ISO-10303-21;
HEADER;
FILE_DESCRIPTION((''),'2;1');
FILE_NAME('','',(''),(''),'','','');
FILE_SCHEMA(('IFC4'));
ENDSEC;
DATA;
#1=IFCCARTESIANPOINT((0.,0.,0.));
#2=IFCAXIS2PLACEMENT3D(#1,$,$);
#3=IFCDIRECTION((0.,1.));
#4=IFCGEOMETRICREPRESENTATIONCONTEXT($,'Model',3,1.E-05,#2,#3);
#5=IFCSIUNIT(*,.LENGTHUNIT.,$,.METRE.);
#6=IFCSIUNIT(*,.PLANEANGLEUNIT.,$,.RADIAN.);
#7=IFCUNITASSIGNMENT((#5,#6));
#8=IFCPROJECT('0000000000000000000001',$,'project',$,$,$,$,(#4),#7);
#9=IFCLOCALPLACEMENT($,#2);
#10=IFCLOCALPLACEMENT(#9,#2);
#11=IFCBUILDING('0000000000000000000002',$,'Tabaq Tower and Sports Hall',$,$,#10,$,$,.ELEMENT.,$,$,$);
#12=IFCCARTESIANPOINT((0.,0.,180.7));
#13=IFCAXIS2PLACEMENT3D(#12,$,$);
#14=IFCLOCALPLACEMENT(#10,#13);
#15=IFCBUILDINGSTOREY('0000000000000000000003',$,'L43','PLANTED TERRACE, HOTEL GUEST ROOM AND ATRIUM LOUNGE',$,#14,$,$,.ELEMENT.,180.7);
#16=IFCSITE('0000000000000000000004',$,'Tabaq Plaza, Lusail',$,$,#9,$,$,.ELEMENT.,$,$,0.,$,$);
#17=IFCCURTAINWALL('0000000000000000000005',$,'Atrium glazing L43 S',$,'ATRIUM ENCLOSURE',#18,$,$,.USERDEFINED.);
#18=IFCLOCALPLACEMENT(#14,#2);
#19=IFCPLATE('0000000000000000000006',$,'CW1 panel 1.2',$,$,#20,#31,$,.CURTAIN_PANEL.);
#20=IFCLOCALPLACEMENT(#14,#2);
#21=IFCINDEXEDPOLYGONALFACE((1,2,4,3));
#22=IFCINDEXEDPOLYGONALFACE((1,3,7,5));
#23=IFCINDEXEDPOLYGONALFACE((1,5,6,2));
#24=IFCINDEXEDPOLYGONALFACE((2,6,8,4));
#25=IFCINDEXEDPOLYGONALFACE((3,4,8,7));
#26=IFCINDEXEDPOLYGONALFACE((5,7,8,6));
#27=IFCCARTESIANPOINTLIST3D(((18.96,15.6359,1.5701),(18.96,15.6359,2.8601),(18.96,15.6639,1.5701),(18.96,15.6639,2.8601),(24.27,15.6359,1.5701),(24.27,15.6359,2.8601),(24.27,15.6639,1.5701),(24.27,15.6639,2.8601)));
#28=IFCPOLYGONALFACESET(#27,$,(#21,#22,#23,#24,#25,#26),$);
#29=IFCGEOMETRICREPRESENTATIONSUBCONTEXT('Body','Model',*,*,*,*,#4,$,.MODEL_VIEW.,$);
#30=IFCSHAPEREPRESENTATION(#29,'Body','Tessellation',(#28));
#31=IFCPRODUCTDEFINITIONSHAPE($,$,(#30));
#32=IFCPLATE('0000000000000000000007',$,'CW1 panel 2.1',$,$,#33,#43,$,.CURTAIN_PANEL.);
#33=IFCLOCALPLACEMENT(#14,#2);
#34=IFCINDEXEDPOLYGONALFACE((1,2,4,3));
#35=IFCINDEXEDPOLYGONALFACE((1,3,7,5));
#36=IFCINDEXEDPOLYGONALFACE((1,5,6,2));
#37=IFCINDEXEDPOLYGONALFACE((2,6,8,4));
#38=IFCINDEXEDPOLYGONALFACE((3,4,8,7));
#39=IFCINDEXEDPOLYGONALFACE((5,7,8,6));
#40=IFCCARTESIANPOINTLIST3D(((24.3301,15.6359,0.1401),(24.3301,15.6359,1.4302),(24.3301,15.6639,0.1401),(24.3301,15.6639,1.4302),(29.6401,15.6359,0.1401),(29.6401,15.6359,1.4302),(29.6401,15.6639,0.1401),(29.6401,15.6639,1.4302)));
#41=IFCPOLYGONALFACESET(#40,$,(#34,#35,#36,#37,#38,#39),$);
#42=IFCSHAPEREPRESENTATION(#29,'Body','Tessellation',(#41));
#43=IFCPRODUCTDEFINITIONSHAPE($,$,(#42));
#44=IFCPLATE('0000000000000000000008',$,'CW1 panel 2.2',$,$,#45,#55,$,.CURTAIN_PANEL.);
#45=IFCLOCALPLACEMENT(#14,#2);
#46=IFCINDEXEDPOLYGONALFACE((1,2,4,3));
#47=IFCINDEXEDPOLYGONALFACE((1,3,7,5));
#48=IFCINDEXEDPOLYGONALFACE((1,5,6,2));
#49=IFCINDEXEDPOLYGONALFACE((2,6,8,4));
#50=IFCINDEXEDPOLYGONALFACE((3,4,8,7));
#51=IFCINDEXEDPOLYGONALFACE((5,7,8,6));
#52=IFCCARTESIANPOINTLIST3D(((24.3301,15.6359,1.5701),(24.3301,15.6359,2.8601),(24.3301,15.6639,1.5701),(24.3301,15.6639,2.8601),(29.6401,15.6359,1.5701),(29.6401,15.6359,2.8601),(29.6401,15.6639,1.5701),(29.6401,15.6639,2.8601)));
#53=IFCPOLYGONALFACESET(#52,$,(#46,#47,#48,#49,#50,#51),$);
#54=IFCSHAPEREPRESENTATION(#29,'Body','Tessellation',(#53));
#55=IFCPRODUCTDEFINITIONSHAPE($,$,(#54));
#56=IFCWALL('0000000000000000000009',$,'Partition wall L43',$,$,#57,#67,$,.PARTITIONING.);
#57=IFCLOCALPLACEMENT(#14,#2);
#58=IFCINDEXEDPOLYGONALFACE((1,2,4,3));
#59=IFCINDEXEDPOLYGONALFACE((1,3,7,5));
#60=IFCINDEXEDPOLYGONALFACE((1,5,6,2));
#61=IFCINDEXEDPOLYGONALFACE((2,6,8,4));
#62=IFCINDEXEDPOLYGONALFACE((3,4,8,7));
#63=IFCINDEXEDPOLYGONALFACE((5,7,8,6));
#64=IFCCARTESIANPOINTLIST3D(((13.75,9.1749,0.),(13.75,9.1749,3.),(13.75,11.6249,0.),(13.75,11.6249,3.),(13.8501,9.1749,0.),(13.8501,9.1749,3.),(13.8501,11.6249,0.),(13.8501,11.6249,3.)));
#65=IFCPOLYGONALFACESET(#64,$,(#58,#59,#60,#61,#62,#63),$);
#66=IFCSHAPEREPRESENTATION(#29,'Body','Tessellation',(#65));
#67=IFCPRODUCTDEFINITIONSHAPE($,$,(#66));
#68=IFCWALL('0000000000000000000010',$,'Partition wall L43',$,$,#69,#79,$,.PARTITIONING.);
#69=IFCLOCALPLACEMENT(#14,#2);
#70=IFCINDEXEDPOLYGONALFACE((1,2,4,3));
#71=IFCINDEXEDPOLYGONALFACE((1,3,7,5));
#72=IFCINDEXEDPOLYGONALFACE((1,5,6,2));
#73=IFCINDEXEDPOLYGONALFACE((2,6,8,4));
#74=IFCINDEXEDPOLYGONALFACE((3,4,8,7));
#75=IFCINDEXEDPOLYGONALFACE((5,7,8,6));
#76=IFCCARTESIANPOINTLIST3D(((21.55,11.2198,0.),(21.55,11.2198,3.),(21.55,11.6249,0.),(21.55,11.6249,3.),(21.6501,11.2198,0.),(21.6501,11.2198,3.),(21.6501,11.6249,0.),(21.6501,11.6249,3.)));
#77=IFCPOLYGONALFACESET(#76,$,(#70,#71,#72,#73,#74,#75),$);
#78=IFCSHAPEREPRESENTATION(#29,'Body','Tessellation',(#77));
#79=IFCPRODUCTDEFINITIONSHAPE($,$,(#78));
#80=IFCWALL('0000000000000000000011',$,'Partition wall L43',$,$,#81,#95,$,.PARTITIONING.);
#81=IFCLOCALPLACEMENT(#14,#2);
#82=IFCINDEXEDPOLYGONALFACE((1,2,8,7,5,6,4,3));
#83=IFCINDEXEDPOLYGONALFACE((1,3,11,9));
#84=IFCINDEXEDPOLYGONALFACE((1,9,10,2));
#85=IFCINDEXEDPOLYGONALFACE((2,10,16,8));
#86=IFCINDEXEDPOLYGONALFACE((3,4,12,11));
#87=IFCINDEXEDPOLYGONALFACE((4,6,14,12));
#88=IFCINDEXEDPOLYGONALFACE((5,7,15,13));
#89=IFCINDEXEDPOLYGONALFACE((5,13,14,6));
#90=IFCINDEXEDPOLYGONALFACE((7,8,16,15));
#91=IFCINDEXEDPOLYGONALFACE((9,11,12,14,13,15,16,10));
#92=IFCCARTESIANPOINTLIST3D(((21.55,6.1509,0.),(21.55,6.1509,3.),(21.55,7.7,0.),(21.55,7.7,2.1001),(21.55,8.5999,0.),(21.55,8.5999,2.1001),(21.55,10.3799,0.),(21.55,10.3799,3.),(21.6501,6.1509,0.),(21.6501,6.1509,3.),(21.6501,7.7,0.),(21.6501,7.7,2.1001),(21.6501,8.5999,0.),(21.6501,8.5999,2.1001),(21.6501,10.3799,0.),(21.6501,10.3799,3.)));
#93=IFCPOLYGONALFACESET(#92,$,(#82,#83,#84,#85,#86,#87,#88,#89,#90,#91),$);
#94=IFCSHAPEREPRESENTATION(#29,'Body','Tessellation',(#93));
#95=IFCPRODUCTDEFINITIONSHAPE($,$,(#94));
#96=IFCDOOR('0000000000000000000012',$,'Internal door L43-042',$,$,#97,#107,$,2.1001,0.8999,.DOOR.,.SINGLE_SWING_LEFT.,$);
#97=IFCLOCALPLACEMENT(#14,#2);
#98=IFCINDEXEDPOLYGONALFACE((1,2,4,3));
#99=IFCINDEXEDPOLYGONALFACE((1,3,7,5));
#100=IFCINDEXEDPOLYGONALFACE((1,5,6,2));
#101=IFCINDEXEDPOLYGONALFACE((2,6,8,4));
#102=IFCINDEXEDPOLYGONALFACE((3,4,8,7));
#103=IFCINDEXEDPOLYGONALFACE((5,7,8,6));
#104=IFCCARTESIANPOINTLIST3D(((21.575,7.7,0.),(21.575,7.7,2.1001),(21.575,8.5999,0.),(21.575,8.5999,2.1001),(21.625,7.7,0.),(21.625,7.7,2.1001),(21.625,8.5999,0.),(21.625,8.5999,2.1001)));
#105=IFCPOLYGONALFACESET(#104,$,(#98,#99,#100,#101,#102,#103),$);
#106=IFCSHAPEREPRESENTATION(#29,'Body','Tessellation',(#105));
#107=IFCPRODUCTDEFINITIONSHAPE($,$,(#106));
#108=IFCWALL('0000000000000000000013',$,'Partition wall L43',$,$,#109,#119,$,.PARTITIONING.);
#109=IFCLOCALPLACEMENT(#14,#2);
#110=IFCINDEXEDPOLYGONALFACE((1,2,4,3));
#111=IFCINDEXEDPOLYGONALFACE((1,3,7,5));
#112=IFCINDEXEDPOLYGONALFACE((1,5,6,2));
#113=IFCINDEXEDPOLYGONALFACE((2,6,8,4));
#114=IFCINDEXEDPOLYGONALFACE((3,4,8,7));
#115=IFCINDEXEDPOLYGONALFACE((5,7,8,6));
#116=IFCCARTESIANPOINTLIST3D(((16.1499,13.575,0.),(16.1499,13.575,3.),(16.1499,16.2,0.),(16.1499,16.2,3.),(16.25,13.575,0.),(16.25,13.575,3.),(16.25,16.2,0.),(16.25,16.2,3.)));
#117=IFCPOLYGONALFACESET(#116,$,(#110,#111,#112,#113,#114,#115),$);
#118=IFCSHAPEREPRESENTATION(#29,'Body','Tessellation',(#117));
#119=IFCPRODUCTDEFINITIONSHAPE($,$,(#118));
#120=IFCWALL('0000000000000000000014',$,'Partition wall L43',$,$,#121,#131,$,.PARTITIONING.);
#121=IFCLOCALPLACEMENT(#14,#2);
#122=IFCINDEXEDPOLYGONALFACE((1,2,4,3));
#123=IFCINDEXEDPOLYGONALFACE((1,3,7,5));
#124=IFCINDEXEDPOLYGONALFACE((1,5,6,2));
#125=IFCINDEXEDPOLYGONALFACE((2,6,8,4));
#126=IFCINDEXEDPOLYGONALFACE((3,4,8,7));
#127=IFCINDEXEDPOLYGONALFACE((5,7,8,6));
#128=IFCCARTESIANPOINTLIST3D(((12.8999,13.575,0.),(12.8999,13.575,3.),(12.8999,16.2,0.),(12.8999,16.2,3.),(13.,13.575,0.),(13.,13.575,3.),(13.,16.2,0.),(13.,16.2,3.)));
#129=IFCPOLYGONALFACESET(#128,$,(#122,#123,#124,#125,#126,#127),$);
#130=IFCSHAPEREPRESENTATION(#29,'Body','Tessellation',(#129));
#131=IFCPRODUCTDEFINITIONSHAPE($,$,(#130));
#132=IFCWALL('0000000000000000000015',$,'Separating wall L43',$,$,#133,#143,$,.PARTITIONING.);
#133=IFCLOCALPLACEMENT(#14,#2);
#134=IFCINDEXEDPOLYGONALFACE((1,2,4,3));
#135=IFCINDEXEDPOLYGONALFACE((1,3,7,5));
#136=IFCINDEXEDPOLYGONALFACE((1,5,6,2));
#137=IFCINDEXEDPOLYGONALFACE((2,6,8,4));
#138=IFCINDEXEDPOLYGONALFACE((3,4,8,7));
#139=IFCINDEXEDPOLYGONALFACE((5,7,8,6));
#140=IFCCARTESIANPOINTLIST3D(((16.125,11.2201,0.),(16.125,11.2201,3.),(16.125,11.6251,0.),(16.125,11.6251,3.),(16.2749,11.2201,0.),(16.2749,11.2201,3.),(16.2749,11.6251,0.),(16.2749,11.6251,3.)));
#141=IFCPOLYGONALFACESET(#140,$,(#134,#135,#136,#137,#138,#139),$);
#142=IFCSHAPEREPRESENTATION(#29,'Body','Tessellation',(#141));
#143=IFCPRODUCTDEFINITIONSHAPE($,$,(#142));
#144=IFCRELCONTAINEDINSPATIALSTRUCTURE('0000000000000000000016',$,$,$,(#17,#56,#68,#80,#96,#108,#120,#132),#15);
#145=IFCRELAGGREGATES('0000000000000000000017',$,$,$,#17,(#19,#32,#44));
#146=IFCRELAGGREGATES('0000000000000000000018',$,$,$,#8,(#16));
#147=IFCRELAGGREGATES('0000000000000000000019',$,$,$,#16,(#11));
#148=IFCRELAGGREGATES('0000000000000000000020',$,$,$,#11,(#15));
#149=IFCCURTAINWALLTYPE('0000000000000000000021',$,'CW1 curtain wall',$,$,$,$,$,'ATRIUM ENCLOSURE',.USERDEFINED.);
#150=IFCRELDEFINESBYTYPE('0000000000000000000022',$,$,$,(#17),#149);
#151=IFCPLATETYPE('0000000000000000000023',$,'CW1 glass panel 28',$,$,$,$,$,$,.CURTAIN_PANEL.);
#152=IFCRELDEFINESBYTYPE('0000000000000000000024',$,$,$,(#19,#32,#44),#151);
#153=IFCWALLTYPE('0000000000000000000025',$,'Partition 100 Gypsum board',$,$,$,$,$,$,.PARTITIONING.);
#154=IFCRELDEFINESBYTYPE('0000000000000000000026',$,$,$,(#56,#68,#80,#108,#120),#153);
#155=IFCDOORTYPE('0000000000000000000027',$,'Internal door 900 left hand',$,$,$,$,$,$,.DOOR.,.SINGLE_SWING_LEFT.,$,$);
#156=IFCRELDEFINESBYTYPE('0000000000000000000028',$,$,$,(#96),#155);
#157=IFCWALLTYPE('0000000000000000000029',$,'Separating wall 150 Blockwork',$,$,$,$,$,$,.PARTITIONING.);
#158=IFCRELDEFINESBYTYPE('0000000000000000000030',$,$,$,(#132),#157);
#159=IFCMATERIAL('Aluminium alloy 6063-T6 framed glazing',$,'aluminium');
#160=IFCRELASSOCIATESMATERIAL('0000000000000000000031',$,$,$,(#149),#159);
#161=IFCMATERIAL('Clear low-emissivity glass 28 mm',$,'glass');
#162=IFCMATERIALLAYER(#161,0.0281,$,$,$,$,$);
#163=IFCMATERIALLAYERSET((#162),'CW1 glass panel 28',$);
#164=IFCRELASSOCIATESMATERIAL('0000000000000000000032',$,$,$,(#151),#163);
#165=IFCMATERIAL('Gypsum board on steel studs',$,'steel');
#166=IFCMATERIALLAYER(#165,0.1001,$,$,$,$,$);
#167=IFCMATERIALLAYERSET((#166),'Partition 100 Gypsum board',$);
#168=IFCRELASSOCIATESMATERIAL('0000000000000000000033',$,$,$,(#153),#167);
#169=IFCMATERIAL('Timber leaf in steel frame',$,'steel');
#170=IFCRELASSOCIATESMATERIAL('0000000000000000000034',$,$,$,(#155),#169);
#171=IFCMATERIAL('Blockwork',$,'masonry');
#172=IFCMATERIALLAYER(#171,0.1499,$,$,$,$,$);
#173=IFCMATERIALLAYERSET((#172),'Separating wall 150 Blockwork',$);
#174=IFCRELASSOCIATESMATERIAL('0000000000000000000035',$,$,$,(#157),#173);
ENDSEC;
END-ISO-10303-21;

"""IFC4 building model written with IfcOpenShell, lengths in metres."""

from ifc_helpers import new_model, si_unit, direction, frame, frame_2d, origin, origin_2d, place, context, subcontext, project, spatial, rectangle, extrude, material, layer, layer_set, type_object, element, fill, aggregate, save


model = new_model("IFC4")

# Units and contexts
model_context = context("Model", 3, precision=1e-05, world=origin(), true_north=direction((0.0, 1.0)))
body_context = subcontext(model_context, "Body", "Model", "MODEL_VIEW")
ifc_project = project(units=[si_unit("LENGTHUNIT", "METRE"), si_unit("PLANEANGLEUNIT", "RADIAN")], contexts=[model_context])

# Site, building, storey
site_placement = place(None, origin())
site = spatial("IfcSite", under=ifc_project, at=site_placement, Name="Tabaq Plaza, Lusail", CompositionType="ELEMENT", RefElevation=0.0)
building_placement = place(site_placement, origin())
building = spatial("IfcBuilding", under=site, at=building_placement, Name="Tabaq Tower and Sports Hall", CompositionType="ELEMENT")
storey_placement = place(building_placement, frame((0.0, 0.0, 180.7)))
storey = spatial("IfcBuildingStorey", under=building, at=storey_placement, Name="L43", Description="PLANTED TERRACE, HOTEL GUEST ROOM AND ATRIUM LOUNGE", CompositionType="ELEMENT", Elevation=180.7)

# Curtain wall
ifc_material_1 = material(Name="Aluminium alloy 6063-T6 framed glazing", Category="aluminium")
curtain_wall_type = type_object("IfcCurtainWallType", Name="CW1 curtain wall", ElementType="ATRIUM ENCLOSURE", PredefinedType="USERDEFINED", material=ifc_material_1)
curtain_wall_placement = place(storey_placement, origin())
curtain_wall = element("IfcCurtainWall", 1, at=curtain_wall_placement, inside=storey, type_object=curtain_wall_type, Name="Atrium glazing L43 S", ObjectType="ATRIUM ENCLOSURE", PredefinedType="USERDEFINED")

# Plates
ifc_material_2 = material(Name="Clear low-emissivity glass 28 mm", Category="glass")
ifc_layer_1 = layer(ifc_material_2, 0.0281)
ifc_layer_set_1 = layer_set([ifc_layer_1], Name="CW1 glass panel 28")
plate_type = type_object("IfcPlateType", Name="CW1 glass panel 28", PredefinedType="CURTAIN_PANEL", material=ifc_layer_set_1)
plate_1_placement = place(storey_placement, frame((21.615, 15.6499, 1.5701), z_axis=(0.0, 0.0, 1.0), x_axis=(1.0, 0.0, 0.0)))
plate_1 = element("IfcPlate", 2, at=plate_1_placement, type_object=plate_type, Name="CW1 panel 1.2", PredefinedType="CURTAIN_PANEL", context=body_context, shape_type="SweptSolid", body=[
    extrude(rectangle(XDim=5.3101, YDim=0.0281, at=origin_2d()), origin(), (0.0, 0.0, 1.0), 1.29),
])
plate_2_placement = place(storey_placement, frame((26.9851, 15.6499, 0.1401), z_axis=(0.0, 0.0, 1.0), x_axis=(1.0, 0.0, 0.0)))
plate_2 = element("IfcPlate", 3, at=plate_2_placement, type_object=plate_type, Name="CW1 panel 2.1", PredefinedType="CURTAIN_PANEL", context=body_context, shape_type="SweptSolid", body=[
    extrude(rectangle(XDim=5.3101, YDim=0.0281, at=origin_2d()), origin(), (0.0, 0.0, 1.0), 1.29),
])
plate_3_placement = place(storey_placement, frame((26.9851, 15.6499, 1.5701), z_axis=(0.0, 0.0, 1.0), x_axis=(1.0, 0.0, 0.0)))
plate_3 = element("IfcPlate", 4, at=plate_3_placement, type_object=plate_type, Name="CW1 panel 2.2", PredefinedType="CURTAIN_PANEL", context=body_context, shape_type="SweptSolid", body=[
    extrude(rectangle(XDim=5.3101, YDim=0.0281, at=origin_2d()), origin(), (0.0, 0.0, 1.0), 1.29),
])
aggregate(curtain_wall, [plate_1, plate_2, plate_3])

# Walls
ifc_material_3 = material(Name="Gypsum board on steel studs", Category="steel")
ifc_layer_2 = layer(ifc_material_3, 0.1001)
ifc_layer_set_2 = layer_set([ifc_layer_2], Name="Partition 100 Gypsum board")
wall_type_1 = type_object("IfcWallType", Name="Partition 100 Gypsum board", PredefinedType="PARTITIONING", material=ifc_layer_set_2)
wall_1_placement = place(storey_placement, frame((13.8, 11.625, 0.0), z_axis=(0.0, 0.0, 1.0), x_axis=(0.0, -1.0, 0.0)))
element("IfcWall", 5, at=wall_1_placement, inside=storey, type_object=wall_type_1, Name="Partition wall L43", PredefinedType="PARTITIONING", context=body_context, shape_type="SweptSolid", body=[
    extrude(rectangle(XDim=2.45, YDim=0.1001, at=frame_2d((1.2251, 0.0))), origin(), (0.0, 0.0, 1.0), 3.0),
])
wall_2_placement = place(storey_placement, frame((21.6001, 11.625, 0.0), z_axis=(0.0, 0.0, 1.0), x_axis=(0.0, -1.0, 0.0)))
element("IfcWall", 6, at=wall_2_placement, inside=storey, type_object=wall_type_1, Name="Partition wall L43", PredefinedType="PARTITIONING", context=body_context, shape_type="SweptSolid", body=[
    extrude(rectangle(XDim=0.405, YDim=0.1001, at=frame_2d((0.2026, 0.0))), origin(), (0.0, 0.0, 1.0), 3.0),
])

# Wall, opening, door
wall_3_placement = place(storey_placement, frame((21.6001, 10.3799, 0.0), z_axis=(0.0, 0.0, 1.0), x_axis=(0.0, -1.0, 0.0)))
wall_3 = element("IfcWall", 7, at=wall_3_placement, inside=storey, type_object=wall_type_1, Name="Partition wall L43", PredefinedType="PARTITIONING", context=body_context, shape_type="SweptSolid", body=[
    extrude(rectangle(XDim=4.229, YDim=0.1001, at=frame_2d((2.1145, 0.0))), origin(), (0.0, 0.0, 1.0), 3.0),
])
opening_1_placement = place(wall_3_placement, frame((1.78, 0.0, 0.0)))
opening_1 = element("IfcOpeningElement", 8, at=opening_1_placement, cuts=wall_3, PredefinedType="OPENING", context=body_context, shape_type="SweptSolid", body=[
    extrude(rectangle(XDim=0.8999, YDim=2.1001, at=frame_2d((0.45, 1.05))), frame((0.0, 0.05, 0.0), z_axis=(0.0, -1.0, 0.0), x_axis=(1.0, 0.0, 0.0)), (0.0, 0.0, 1.0), 0.1001),
])
ifc_material_4 = material(Name="Timber leaf in steel frame", Category="steel")
door_type_1 = type_object("IfcDoorType", Name="Internal door 900 left hand", OperationType="SINGLE_SWING_LEFT", PredefinedType="DOOR", material=ifc_material_4)
door_1_placement = place(opening_1_placement, origin())
door_1 = element("IfcDoor", 9, at=door_1_placement, inside=storey, type_object=door_type_1, Name="Internal door L43-042", OperationType="SINGLE_SWING_LEFT", OverallHeight=2.1001, OverallWidth=0.8999, PredefinedType="DOOR", context=body_context, shape_type="SweptSolid", body=[
    extrude(rectangle(XDim=0.8999, YDim=2.1001, at=frame_2d((0.45, 1.05))), frame((0.0, 0.0249, 0.0), z_axis=(0.0, -1.0, 0.0), x_axis=(1.0, 0.0, 0.0)), (0.0, 0.0, 1.0), 0.05),
])
fill(opening_1, door_1)

# Walls
for number, where, z_axis, x_axis, name in (
    (10, (16.2, 16.2, 0.0), (0.0, 0.0, 1.0), (0.0, -1.0, 0.0), "Partition wall L43"),
    (11, (12.95, 13.575, 0.0), (0.0, 0.0, 1.0), (0.0, 1.0, 0.0), "Partition wall L43"),
):
    element("IfcWall", number, at=place(storey_placement, frame(where, z_axis=z_axis, x_axis=x_axis)), inside=storey, type_object=wall_type_1, Name=name, PredefinedType="PARTITIONING", context=body_context, shape_type="SweptSolid", body=[
        extrude(rectangle(XDim=2.625, YDim=0.1001, at=frame_2d((1.3125, 0.0))), origin(), (0.0, 0.0, 1.0), 3.0),
    ])
ifc_material_5 = material(Name="Blockwork", Category="masonry")
ifc_layer_3 = layer(ifc_material_5, 0.1499)
ifc_layer_set_3 = layer_set([ifc_layer_3], Name="Separating wall 150 Blockwork")
wall_type_2 = type_object("IfcWallType", Name="Separating wall 150 Blockwork", PredefinedType="PARTITIONING", material=ifc_layer_set_3)
wall_4_placement = place(storey_placement, frame((16.2, 11.22, 0.0), z_axis=(0.0, 0.0, 1.0), x_axis=(0.0, 1.0, 0.0)))
element("IfcWall", 12, at=wall_4_placement, inside=storey, type_object=wall_type_2, Name="Separating wall L43", PredefinedType="PARTITIONING", context=body_context, shape_type="SweptSolid", body=[
    extrude(rectangle(XDim=0.405, YDim=0.1499, at=frame_2d((0.2026, 0.0))), origin(), (0.0, 0.0, 1.0), 3.0),
])

save(model, "model.ifc")
